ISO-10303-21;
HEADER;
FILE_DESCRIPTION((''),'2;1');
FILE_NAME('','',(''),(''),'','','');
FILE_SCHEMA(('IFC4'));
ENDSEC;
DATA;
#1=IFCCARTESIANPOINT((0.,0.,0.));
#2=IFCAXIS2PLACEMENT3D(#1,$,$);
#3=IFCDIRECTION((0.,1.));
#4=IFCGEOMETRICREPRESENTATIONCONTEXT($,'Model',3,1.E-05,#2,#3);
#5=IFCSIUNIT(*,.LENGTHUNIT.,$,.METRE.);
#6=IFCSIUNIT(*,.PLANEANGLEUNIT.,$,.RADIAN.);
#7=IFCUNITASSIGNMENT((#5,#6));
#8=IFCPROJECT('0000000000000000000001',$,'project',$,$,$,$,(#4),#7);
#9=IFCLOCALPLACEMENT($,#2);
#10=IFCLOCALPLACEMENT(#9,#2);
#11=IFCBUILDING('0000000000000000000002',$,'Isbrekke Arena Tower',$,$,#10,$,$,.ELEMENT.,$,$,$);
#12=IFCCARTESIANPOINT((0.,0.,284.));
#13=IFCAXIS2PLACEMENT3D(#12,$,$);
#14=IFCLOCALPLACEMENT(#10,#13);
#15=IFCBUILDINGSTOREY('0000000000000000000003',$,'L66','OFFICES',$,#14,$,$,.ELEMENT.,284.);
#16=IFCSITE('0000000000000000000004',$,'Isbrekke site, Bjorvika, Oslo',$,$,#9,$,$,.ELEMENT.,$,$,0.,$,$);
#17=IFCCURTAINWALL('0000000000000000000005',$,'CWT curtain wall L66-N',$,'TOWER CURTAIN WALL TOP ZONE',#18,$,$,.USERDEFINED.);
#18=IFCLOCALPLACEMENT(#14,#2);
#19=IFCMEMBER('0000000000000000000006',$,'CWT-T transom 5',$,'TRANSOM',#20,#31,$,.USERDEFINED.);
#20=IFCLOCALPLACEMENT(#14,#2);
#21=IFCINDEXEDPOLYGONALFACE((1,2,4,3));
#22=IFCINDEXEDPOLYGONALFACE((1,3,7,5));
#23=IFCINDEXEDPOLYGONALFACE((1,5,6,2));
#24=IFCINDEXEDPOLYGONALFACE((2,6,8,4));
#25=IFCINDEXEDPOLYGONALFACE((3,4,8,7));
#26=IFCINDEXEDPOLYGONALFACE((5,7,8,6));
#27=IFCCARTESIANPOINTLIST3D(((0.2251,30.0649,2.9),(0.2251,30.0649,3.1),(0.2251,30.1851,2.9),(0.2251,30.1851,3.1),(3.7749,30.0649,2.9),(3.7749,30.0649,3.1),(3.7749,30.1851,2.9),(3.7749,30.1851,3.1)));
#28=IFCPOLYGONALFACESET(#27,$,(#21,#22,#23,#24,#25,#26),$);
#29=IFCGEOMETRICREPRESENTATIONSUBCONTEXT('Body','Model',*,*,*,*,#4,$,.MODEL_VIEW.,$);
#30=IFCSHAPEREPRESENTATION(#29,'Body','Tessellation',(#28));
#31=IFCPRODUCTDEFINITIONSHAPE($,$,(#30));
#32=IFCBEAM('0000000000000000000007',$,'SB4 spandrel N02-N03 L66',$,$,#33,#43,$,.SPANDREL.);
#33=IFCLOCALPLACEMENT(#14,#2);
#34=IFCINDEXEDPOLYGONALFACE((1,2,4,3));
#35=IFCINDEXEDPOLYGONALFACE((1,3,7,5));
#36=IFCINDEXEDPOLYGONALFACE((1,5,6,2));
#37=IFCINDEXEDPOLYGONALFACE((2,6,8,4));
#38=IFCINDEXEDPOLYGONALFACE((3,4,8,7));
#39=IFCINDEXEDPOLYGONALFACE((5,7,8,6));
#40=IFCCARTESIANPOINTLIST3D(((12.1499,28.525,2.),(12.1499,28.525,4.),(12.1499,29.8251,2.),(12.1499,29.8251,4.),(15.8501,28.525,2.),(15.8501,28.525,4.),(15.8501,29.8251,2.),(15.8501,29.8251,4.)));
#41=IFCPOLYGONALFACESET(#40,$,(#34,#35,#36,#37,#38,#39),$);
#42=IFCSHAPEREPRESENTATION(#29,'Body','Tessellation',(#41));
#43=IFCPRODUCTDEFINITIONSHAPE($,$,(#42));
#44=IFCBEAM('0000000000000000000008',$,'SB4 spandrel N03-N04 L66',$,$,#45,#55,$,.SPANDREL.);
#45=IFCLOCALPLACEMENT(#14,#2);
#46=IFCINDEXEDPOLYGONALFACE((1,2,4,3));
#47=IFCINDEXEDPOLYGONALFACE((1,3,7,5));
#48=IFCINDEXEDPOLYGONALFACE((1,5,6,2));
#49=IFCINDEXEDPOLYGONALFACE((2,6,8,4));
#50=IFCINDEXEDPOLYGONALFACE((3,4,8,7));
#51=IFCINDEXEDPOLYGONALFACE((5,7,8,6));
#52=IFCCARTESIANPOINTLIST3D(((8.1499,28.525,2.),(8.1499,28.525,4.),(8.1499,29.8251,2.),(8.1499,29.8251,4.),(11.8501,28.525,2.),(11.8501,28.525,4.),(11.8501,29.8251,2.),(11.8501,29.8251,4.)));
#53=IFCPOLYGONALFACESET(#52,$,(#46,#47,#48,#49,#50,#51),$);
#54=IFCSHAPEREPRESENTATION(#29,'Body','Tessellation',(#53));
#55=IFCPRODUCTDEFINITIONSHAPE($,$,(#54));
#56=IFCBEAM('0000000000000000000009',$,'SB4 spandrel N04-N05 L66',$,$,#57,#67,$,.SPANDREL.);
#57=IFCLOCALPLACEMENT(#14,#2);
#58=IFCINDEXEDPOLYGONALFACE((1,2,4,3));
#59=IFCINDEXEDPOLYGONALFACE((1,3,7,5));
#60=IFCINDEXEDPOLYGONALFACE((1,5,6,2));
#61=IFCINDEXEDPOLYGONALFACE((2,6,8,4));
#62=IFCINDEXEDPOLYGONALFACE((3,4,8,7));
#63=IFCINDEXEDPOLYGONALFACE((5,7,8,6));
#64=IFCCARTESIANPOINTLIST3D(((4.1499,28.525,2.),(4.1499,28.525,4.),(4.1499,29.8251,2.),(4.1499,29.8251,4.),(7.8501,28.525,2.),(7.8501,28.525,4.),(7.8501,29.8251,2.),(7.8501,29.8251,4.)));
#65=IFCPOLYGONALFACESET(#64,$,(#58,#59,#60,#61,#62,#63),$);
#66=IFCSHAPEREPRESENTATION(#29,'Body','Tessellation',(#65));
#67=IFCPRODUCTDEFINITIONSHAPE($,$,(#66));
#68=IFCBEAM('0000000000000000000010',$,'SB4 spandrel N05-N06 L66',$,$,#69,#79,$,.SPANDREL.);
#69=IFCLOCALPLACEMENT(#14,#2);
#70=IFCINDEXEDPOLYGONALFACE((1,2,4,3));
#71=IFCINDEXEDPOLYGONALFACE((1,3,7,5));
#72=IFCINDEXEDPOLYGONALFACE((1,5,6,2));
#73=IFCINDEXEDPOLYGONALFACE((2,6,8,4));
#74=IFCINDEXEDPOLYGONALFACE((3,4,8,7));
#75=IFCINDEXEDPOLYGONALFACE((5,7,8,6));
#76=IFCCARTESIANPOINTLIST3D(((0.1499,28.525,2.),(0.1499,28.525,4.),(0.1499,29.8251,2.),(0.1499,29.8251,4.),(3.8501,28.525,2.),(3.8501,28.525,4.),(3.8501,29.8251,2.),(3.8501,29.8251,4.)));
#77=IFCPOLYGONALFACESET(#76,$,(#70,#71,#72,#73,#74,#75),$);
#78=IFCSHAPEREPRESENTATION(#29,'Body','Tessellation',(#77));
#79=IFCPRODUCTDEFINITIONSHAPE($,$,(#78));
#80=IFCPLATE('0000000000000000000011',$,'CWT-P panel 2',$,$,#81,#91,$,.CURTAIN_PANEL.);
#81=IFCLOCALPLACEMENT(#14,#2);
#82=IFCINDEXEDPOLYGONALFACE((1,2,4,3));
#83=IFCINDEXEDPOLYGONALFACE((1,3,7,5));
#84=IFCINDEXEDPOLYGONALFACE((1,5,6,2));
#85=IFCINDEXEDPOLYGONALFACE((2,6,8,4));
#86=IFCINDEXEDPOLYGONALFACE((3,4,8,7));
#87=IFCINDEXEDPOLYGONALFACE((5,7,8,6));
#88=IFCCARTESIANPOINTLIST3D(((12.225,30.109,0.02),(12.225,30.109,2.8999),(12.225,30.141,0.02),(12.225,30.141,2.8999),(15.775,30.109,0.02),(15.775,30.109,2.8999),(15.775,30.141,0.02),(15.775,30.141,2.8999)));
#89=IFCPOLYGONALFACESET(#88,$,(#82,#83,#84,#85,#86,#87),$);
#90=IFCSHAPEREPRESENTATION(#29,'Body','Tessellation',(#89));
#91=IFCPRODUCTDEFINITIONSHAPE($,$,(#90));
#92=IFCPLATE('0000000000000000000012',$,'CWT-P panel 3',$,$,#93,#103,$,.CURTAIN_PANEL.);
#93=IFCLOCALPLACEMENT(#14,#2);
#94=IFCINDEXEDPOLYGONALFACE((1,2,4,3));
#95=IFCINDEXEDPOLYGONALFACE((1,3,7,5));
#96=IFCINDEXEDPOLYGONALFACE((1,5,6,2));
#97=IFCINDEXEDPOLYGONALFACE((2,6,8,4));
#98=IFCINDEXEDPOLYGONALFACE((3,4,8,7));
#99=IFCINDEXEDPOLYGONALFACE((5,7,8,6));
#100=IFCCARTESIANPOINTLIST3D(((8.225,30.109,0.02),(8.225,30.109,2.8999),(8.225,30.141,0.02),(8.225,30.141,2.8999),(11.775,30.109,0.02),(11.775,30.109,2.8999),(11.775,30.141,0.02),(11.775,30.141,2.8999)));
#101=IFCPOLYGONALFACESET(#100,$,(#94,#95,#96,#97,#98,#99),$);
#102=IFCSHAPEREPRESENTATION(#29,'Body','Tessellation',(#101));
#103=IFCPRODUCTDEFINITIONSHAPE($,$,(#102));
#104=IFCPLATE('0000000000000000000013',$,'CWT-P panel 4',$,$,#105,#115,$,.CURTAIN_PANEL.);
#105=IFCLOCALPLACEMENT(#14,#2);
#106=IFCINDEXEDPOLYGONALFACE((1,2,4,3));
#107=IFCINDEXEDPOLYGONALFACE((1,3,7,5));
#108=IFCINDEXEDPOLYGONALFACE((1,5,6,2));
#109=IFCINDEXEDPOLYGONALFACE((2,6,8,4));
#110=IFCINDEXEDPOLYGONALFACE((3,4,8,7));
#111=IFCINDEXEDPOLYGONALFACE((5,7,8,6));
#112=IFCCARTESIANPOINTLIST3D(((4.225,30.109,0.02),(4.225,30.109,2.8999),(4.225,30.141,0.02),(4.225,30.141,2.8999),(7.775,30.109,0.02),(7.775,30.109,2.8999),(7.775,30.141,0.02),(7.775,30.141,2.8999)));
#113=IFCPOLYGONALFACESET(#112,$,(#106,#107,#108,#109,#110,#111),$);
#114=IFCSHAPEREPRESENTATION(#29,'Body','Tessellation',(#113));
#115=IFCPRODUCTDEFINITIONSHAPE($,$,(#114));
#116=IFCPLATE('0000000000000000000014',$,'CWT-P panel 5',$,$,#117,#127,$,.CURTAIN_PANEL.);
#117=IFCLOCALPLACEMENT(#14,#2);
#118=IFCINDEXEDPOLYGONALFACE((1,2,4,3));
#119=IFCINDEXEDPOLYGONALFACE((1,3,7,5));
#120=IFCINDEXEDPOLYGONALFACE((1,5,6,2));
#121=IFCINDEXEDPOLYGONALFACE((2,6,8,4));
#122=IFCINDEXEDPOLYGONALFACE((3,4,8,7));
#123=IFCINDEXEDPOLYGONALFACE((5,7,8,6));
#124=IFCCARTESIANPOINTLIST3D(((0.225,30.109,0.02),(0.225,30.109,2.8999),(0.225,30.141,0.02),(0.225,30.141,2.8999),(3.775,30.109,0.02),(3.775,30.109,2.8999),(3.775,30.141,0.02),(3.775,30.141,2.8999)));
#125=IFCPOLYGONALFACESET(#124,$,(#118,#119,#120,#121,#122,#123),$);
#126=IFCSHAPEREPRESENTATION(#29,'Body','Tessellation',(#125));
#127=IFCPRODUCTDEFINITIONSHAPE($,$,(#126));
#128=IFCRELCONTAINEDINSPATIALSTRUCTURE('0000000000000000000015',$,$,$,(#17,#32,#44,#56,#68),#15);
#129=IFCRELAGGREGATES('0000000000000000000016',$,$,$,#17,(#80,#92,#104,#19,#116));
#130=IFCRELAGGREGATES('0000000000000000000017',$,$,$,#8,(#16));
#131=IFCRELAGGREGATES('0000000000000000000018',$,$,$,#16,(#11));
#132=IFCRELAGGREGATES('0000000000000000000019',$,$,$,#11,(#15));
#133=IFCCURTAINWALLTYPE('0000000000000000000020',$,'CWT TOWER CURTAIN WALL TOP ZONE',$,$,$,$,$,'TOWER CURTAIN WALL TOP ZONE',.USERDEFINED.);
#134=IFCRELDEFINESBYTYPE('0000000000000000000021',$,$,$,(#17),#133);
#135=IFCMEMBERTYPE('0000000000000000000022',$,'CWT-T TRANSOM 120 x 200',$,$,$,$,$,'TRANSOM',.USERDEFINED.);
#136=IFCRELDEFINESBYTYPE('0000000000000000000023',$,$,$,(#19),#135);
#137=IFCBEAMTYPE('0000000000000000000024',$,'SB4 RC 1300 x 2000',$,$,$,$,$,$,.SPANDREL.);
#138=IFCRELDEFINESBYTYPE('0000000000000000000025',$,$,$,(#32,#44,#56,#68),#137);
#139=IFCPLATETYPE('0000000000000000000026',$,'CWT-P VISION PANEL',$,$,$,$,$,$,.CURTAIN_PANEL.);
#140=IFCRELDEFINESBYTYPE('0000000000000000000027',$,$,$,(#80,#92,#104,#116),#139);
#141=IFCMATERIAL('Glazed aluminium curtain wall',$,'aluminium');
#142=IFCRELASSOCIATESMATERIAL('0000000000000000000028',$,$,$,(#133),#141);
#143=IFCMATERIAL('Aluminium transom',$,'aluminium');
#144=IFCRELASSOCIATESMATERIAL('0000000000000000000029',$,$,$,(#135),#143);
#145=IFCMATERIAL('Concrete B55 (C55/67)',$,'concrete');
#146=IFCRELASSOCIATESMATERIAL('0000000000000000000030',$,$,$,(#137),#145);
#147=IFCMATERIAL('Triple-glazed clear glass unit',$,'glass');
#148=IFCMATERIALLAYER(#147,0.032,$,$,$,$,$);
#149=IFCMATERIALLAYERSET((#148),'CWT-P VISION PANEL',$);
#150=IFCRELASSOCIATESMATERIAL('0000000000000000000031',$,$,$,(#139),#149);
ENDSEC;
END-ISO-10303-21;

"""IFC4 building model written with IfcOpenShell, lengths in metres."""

from ifc_helpers import new_model, si_unit, direction, frame, origin, origin_2d, place, context, subcontext, project, spatial, rectangle, extrude, material, layer, layer_set, material_profile, profile_set, type_object, element, aggregate, save


model = new_model("IFC4")

# Units and contexts
model_context = context("Model", 3, precision=1e-05, world=origin(), true_north=direction((0.0, 1.0)))
body_context = subcontext(model_context, "Body", "Model", "MODEL_VIEW")
ifc_project = project(units=[si_unit("LENGTHUNIT", "METRE"), si_unit("PLANEANGLEUNIT", "RADIAN")], contexts=[model_context])

# Site, building, storey
site_placement = place(None, origin())
site = spatial("IfcSite", under=ifc_project, at=site_placement, Name="Isbrekke site, Bjorvika, Oslo", CompositionType="ELEMENT", RefElevation=0.0)
building_placement = place(site_placement, origin())
building = spatial("IfcBuilding", under=site, at=building_placement, Name="Isbrekke Arena Tower", CompositionType="ELEMENT")
storey_placement = place(building_placement, frame((0.0, 0.0, 284.0)))
storey = spatial("IfcBuildingStorey", under=building, at=storey_placement, Name="L66", Description="OFFICES", CompositionType="ELEMENT", Elevation=284.0)

# Curtain wall, member
ifc_material_1 = material(Name="Glazed aluminium curtain wall", Category="aluminium")
curtain_wall_type = type_object("IfcCurtainWallType", Name="CWT TOWER CURTAIN WALL TOP ZONE", ElementType="TOWER CURTAIN WALL TOP ZONE", PredefinedType="USERDEFINED", material=ifc_material_1)
curtain_wall_placement = place(storey_placement, origin())
curtain_wall = element("IfcCurtainWall", 1, at=curtain_wall_placement, inside=storey, type_object=curtain_wall_type, Name="CWT curtain wall L66-N", ObjectType="TOWER CURTAIN WALL TOP ZONE", PredefinedType="USERDEFINED")
ifc_material_2 = material(Name="Aluminium transom", Category="aluminium")
ifc_material_profile_1 = material_profile(ifc_material_2, rectangle(XDim=0.1201, YDim=0.2, at=origin_2d()), Name="TRANSOM 120X200")
ifc_profile_set_1 = profile_set([ifc_material_profile_1], Name="Aluminium transom")
member_type_1 = type_object("IfcMemberType", Name="CWT-T TRANSOM 120 x 200", ElementType="TRANSOM", PredefinedType="USERDEFINED", material=ifc_profile_set_1)
member_1_placement = place(storey_placement, frame((3.7749, 30.125, 3.0), z_axis=(-1.0, 0.0, 0.0), x_axis=(0.0, -1.0, 0.0)))
member_1 = element("IfcMember", 2, at=member_1_placement, type_object=member_type_1, Name="CWT-T transom 5", ObjectType="TRANSOM", PredefinedType="USERDEFINED", context=body_context, shape_type="SweptSolid", body=[
    extrude(rectangle(XDim=0.1201, YDim=0.2, at=origin_2d()), origin(), (0.0, 0.0, 1.0), 3.5498),
])

# Beams
ifc_material_3 = material(Name="Concrete B55 (C55/67)", Category="concrete")
ifc_material_profile_2 = material_profile(ifc_material_3, rectangle(XDim=1.3, YDim=2.0, at=origin_2d()), Name="RC 1300x2000")
ifc_profile_set_2 = profile_set([ifc_material_profile_2], Name="Concrete B55 (C55/67)")
beam_type_1 = type_object("IfcBeamType", Name="SB4 RC 1300 x 2000", PredefinedType="SPANDREL", material=ifc_profile_set_2)
for number, where, z_axis, x_axis, name in (
    (3, (15.8501, 29.175, 3.0), (-1.0, 0.0, 0.0), (0.0, -1.0, 0.0), "SB4 spandrel N02-N03 L66"),
    (4, (11.8501, 29.175, 3.0), (-1.0, 0.0, 0.0), (0.0, -1.0, 0.0), "SB4 spandrel N03-N04 L66"),
    (5, (7.8501, 29.175, 3.0), (-1.0, 0.0, 0.0), (0.0, -1.0, 0.0), "SB4 spandrel N04-N05 L66"),
    (6, (3.8501, 29.175, 3.0), (-1.0, 0.0, 0.0), (0.0, -1.0, 0.0), "SB4 spandrel N05-N06 L66"),
):
    element("IfcBeam", number, at=place(storey_placement, frame(where, z_axis=z_axis, x_axis=x_axis)), inside=storey, type_object=beam_type_1, Name=name, PredefinedType="SPANDREL", context=body_context, shape_type="SweptSolid", body=[
        extrude(rectangle(XDim=1.3, YDim=2.0, at=origin_2d()), origin(), (0.0, 0.0, 1.0), 3.7002),
    ])

# Plates
ifc_material_4 = material(Name="Triple-glazed clear glass unit", Category="glass")
ifc_layer = layer(ifc_material_4, 0.032)
ifc_layer_set = layer_set([ifc_layer], Name="CWT-P VISION PANEL")
plate_type = type_object("IfcPlateType", Name="CWT-P VISION PANEL", PredefinedType="CURTAIN_PANEL", material=ifc_layer_set)
plate_1_placement = place(storey_placement, frame((14.0, 30.125, 0.02), z_axis=(0.0, 0.0, 1.0), x_axis=(-1.0, 0.0, 0.0)))
plate_1 = element("IfcPlate", 7, at=plate_1_placement, type_object=plate_type, Name="CWT-P panel 2", PredefinedType="CURTAIN_PANEL", context=body_context, shape_type="SweptSolid", body=[
    extrude(rectangle(XDim=3.55, YDim=0.032, at=origin_2d()), origin(), (0.0, 0.0, 1.0), 2.8799),
])
plate_2_placement = place(storey_placement, frame((10.0, 30.125, 0.02), z_axis=(0.0, 0.0, 1.0), x_axis=(-1.0, 0.0, 0.0)))
plate_2 = element("IfcPlate", 8, at=plate_2_placement, type_object=plate_type, Name="CWT-P panel 3", PredefinedType="CURTAIN_PANEL", context=body_context, shape_type="SweptSolid", body=[
    extrude(rectangle(XDim=3.55, YDim=0.032, at=origin_2d()), origin(), (0.0, 0.0, 1.0), 2.8799),
])
plate_3_placement = place(storey_placement, frame((6.0, 30.125, 0.02), z_axis=(0.0, 0.0, 1.0), x_axis=(-1.0, 0.0, 0.0)))
plate_3 = element("IfcPlate", 9, at=plate_3_placement, type_object=plate_type, Name="CWT-P panel 4", PredefinedType="CURTAIN_PANEL", context=body_context, shape_type="SweptSolid", body=[
    extrude(rectangle(XDim=3.55, YDim=0.032, at=origin_2d()), origin(), (0.0, 0.0, 1.0), 2.8799),
])
plate_4_placement = place(storey_placement, frame((2.0, 30.125, 0.02), z_axis=(0.0, 0.0, 1.0), x_axis=(-1.0, 0.0, 0.0)))
plate_4 = element("IfcPlate", 10, at=plate_4_placement, type_object=plate_type, Name="CWT-P panel 5", PredefinedType="CURTAIN_PANEL", context=body_context, shape_type="SweptSolid", body=[
    extrude(rectangle(XDim=3.55, YDim=0.032, at=origin_2d()), origin(), (0.0, 0.0, 1.0), 2.8799),
])
aggregate(curtain_wall, [plate_1, plate_2, plate_3, member_1, plate_4])

save(model, "model.ifc")
